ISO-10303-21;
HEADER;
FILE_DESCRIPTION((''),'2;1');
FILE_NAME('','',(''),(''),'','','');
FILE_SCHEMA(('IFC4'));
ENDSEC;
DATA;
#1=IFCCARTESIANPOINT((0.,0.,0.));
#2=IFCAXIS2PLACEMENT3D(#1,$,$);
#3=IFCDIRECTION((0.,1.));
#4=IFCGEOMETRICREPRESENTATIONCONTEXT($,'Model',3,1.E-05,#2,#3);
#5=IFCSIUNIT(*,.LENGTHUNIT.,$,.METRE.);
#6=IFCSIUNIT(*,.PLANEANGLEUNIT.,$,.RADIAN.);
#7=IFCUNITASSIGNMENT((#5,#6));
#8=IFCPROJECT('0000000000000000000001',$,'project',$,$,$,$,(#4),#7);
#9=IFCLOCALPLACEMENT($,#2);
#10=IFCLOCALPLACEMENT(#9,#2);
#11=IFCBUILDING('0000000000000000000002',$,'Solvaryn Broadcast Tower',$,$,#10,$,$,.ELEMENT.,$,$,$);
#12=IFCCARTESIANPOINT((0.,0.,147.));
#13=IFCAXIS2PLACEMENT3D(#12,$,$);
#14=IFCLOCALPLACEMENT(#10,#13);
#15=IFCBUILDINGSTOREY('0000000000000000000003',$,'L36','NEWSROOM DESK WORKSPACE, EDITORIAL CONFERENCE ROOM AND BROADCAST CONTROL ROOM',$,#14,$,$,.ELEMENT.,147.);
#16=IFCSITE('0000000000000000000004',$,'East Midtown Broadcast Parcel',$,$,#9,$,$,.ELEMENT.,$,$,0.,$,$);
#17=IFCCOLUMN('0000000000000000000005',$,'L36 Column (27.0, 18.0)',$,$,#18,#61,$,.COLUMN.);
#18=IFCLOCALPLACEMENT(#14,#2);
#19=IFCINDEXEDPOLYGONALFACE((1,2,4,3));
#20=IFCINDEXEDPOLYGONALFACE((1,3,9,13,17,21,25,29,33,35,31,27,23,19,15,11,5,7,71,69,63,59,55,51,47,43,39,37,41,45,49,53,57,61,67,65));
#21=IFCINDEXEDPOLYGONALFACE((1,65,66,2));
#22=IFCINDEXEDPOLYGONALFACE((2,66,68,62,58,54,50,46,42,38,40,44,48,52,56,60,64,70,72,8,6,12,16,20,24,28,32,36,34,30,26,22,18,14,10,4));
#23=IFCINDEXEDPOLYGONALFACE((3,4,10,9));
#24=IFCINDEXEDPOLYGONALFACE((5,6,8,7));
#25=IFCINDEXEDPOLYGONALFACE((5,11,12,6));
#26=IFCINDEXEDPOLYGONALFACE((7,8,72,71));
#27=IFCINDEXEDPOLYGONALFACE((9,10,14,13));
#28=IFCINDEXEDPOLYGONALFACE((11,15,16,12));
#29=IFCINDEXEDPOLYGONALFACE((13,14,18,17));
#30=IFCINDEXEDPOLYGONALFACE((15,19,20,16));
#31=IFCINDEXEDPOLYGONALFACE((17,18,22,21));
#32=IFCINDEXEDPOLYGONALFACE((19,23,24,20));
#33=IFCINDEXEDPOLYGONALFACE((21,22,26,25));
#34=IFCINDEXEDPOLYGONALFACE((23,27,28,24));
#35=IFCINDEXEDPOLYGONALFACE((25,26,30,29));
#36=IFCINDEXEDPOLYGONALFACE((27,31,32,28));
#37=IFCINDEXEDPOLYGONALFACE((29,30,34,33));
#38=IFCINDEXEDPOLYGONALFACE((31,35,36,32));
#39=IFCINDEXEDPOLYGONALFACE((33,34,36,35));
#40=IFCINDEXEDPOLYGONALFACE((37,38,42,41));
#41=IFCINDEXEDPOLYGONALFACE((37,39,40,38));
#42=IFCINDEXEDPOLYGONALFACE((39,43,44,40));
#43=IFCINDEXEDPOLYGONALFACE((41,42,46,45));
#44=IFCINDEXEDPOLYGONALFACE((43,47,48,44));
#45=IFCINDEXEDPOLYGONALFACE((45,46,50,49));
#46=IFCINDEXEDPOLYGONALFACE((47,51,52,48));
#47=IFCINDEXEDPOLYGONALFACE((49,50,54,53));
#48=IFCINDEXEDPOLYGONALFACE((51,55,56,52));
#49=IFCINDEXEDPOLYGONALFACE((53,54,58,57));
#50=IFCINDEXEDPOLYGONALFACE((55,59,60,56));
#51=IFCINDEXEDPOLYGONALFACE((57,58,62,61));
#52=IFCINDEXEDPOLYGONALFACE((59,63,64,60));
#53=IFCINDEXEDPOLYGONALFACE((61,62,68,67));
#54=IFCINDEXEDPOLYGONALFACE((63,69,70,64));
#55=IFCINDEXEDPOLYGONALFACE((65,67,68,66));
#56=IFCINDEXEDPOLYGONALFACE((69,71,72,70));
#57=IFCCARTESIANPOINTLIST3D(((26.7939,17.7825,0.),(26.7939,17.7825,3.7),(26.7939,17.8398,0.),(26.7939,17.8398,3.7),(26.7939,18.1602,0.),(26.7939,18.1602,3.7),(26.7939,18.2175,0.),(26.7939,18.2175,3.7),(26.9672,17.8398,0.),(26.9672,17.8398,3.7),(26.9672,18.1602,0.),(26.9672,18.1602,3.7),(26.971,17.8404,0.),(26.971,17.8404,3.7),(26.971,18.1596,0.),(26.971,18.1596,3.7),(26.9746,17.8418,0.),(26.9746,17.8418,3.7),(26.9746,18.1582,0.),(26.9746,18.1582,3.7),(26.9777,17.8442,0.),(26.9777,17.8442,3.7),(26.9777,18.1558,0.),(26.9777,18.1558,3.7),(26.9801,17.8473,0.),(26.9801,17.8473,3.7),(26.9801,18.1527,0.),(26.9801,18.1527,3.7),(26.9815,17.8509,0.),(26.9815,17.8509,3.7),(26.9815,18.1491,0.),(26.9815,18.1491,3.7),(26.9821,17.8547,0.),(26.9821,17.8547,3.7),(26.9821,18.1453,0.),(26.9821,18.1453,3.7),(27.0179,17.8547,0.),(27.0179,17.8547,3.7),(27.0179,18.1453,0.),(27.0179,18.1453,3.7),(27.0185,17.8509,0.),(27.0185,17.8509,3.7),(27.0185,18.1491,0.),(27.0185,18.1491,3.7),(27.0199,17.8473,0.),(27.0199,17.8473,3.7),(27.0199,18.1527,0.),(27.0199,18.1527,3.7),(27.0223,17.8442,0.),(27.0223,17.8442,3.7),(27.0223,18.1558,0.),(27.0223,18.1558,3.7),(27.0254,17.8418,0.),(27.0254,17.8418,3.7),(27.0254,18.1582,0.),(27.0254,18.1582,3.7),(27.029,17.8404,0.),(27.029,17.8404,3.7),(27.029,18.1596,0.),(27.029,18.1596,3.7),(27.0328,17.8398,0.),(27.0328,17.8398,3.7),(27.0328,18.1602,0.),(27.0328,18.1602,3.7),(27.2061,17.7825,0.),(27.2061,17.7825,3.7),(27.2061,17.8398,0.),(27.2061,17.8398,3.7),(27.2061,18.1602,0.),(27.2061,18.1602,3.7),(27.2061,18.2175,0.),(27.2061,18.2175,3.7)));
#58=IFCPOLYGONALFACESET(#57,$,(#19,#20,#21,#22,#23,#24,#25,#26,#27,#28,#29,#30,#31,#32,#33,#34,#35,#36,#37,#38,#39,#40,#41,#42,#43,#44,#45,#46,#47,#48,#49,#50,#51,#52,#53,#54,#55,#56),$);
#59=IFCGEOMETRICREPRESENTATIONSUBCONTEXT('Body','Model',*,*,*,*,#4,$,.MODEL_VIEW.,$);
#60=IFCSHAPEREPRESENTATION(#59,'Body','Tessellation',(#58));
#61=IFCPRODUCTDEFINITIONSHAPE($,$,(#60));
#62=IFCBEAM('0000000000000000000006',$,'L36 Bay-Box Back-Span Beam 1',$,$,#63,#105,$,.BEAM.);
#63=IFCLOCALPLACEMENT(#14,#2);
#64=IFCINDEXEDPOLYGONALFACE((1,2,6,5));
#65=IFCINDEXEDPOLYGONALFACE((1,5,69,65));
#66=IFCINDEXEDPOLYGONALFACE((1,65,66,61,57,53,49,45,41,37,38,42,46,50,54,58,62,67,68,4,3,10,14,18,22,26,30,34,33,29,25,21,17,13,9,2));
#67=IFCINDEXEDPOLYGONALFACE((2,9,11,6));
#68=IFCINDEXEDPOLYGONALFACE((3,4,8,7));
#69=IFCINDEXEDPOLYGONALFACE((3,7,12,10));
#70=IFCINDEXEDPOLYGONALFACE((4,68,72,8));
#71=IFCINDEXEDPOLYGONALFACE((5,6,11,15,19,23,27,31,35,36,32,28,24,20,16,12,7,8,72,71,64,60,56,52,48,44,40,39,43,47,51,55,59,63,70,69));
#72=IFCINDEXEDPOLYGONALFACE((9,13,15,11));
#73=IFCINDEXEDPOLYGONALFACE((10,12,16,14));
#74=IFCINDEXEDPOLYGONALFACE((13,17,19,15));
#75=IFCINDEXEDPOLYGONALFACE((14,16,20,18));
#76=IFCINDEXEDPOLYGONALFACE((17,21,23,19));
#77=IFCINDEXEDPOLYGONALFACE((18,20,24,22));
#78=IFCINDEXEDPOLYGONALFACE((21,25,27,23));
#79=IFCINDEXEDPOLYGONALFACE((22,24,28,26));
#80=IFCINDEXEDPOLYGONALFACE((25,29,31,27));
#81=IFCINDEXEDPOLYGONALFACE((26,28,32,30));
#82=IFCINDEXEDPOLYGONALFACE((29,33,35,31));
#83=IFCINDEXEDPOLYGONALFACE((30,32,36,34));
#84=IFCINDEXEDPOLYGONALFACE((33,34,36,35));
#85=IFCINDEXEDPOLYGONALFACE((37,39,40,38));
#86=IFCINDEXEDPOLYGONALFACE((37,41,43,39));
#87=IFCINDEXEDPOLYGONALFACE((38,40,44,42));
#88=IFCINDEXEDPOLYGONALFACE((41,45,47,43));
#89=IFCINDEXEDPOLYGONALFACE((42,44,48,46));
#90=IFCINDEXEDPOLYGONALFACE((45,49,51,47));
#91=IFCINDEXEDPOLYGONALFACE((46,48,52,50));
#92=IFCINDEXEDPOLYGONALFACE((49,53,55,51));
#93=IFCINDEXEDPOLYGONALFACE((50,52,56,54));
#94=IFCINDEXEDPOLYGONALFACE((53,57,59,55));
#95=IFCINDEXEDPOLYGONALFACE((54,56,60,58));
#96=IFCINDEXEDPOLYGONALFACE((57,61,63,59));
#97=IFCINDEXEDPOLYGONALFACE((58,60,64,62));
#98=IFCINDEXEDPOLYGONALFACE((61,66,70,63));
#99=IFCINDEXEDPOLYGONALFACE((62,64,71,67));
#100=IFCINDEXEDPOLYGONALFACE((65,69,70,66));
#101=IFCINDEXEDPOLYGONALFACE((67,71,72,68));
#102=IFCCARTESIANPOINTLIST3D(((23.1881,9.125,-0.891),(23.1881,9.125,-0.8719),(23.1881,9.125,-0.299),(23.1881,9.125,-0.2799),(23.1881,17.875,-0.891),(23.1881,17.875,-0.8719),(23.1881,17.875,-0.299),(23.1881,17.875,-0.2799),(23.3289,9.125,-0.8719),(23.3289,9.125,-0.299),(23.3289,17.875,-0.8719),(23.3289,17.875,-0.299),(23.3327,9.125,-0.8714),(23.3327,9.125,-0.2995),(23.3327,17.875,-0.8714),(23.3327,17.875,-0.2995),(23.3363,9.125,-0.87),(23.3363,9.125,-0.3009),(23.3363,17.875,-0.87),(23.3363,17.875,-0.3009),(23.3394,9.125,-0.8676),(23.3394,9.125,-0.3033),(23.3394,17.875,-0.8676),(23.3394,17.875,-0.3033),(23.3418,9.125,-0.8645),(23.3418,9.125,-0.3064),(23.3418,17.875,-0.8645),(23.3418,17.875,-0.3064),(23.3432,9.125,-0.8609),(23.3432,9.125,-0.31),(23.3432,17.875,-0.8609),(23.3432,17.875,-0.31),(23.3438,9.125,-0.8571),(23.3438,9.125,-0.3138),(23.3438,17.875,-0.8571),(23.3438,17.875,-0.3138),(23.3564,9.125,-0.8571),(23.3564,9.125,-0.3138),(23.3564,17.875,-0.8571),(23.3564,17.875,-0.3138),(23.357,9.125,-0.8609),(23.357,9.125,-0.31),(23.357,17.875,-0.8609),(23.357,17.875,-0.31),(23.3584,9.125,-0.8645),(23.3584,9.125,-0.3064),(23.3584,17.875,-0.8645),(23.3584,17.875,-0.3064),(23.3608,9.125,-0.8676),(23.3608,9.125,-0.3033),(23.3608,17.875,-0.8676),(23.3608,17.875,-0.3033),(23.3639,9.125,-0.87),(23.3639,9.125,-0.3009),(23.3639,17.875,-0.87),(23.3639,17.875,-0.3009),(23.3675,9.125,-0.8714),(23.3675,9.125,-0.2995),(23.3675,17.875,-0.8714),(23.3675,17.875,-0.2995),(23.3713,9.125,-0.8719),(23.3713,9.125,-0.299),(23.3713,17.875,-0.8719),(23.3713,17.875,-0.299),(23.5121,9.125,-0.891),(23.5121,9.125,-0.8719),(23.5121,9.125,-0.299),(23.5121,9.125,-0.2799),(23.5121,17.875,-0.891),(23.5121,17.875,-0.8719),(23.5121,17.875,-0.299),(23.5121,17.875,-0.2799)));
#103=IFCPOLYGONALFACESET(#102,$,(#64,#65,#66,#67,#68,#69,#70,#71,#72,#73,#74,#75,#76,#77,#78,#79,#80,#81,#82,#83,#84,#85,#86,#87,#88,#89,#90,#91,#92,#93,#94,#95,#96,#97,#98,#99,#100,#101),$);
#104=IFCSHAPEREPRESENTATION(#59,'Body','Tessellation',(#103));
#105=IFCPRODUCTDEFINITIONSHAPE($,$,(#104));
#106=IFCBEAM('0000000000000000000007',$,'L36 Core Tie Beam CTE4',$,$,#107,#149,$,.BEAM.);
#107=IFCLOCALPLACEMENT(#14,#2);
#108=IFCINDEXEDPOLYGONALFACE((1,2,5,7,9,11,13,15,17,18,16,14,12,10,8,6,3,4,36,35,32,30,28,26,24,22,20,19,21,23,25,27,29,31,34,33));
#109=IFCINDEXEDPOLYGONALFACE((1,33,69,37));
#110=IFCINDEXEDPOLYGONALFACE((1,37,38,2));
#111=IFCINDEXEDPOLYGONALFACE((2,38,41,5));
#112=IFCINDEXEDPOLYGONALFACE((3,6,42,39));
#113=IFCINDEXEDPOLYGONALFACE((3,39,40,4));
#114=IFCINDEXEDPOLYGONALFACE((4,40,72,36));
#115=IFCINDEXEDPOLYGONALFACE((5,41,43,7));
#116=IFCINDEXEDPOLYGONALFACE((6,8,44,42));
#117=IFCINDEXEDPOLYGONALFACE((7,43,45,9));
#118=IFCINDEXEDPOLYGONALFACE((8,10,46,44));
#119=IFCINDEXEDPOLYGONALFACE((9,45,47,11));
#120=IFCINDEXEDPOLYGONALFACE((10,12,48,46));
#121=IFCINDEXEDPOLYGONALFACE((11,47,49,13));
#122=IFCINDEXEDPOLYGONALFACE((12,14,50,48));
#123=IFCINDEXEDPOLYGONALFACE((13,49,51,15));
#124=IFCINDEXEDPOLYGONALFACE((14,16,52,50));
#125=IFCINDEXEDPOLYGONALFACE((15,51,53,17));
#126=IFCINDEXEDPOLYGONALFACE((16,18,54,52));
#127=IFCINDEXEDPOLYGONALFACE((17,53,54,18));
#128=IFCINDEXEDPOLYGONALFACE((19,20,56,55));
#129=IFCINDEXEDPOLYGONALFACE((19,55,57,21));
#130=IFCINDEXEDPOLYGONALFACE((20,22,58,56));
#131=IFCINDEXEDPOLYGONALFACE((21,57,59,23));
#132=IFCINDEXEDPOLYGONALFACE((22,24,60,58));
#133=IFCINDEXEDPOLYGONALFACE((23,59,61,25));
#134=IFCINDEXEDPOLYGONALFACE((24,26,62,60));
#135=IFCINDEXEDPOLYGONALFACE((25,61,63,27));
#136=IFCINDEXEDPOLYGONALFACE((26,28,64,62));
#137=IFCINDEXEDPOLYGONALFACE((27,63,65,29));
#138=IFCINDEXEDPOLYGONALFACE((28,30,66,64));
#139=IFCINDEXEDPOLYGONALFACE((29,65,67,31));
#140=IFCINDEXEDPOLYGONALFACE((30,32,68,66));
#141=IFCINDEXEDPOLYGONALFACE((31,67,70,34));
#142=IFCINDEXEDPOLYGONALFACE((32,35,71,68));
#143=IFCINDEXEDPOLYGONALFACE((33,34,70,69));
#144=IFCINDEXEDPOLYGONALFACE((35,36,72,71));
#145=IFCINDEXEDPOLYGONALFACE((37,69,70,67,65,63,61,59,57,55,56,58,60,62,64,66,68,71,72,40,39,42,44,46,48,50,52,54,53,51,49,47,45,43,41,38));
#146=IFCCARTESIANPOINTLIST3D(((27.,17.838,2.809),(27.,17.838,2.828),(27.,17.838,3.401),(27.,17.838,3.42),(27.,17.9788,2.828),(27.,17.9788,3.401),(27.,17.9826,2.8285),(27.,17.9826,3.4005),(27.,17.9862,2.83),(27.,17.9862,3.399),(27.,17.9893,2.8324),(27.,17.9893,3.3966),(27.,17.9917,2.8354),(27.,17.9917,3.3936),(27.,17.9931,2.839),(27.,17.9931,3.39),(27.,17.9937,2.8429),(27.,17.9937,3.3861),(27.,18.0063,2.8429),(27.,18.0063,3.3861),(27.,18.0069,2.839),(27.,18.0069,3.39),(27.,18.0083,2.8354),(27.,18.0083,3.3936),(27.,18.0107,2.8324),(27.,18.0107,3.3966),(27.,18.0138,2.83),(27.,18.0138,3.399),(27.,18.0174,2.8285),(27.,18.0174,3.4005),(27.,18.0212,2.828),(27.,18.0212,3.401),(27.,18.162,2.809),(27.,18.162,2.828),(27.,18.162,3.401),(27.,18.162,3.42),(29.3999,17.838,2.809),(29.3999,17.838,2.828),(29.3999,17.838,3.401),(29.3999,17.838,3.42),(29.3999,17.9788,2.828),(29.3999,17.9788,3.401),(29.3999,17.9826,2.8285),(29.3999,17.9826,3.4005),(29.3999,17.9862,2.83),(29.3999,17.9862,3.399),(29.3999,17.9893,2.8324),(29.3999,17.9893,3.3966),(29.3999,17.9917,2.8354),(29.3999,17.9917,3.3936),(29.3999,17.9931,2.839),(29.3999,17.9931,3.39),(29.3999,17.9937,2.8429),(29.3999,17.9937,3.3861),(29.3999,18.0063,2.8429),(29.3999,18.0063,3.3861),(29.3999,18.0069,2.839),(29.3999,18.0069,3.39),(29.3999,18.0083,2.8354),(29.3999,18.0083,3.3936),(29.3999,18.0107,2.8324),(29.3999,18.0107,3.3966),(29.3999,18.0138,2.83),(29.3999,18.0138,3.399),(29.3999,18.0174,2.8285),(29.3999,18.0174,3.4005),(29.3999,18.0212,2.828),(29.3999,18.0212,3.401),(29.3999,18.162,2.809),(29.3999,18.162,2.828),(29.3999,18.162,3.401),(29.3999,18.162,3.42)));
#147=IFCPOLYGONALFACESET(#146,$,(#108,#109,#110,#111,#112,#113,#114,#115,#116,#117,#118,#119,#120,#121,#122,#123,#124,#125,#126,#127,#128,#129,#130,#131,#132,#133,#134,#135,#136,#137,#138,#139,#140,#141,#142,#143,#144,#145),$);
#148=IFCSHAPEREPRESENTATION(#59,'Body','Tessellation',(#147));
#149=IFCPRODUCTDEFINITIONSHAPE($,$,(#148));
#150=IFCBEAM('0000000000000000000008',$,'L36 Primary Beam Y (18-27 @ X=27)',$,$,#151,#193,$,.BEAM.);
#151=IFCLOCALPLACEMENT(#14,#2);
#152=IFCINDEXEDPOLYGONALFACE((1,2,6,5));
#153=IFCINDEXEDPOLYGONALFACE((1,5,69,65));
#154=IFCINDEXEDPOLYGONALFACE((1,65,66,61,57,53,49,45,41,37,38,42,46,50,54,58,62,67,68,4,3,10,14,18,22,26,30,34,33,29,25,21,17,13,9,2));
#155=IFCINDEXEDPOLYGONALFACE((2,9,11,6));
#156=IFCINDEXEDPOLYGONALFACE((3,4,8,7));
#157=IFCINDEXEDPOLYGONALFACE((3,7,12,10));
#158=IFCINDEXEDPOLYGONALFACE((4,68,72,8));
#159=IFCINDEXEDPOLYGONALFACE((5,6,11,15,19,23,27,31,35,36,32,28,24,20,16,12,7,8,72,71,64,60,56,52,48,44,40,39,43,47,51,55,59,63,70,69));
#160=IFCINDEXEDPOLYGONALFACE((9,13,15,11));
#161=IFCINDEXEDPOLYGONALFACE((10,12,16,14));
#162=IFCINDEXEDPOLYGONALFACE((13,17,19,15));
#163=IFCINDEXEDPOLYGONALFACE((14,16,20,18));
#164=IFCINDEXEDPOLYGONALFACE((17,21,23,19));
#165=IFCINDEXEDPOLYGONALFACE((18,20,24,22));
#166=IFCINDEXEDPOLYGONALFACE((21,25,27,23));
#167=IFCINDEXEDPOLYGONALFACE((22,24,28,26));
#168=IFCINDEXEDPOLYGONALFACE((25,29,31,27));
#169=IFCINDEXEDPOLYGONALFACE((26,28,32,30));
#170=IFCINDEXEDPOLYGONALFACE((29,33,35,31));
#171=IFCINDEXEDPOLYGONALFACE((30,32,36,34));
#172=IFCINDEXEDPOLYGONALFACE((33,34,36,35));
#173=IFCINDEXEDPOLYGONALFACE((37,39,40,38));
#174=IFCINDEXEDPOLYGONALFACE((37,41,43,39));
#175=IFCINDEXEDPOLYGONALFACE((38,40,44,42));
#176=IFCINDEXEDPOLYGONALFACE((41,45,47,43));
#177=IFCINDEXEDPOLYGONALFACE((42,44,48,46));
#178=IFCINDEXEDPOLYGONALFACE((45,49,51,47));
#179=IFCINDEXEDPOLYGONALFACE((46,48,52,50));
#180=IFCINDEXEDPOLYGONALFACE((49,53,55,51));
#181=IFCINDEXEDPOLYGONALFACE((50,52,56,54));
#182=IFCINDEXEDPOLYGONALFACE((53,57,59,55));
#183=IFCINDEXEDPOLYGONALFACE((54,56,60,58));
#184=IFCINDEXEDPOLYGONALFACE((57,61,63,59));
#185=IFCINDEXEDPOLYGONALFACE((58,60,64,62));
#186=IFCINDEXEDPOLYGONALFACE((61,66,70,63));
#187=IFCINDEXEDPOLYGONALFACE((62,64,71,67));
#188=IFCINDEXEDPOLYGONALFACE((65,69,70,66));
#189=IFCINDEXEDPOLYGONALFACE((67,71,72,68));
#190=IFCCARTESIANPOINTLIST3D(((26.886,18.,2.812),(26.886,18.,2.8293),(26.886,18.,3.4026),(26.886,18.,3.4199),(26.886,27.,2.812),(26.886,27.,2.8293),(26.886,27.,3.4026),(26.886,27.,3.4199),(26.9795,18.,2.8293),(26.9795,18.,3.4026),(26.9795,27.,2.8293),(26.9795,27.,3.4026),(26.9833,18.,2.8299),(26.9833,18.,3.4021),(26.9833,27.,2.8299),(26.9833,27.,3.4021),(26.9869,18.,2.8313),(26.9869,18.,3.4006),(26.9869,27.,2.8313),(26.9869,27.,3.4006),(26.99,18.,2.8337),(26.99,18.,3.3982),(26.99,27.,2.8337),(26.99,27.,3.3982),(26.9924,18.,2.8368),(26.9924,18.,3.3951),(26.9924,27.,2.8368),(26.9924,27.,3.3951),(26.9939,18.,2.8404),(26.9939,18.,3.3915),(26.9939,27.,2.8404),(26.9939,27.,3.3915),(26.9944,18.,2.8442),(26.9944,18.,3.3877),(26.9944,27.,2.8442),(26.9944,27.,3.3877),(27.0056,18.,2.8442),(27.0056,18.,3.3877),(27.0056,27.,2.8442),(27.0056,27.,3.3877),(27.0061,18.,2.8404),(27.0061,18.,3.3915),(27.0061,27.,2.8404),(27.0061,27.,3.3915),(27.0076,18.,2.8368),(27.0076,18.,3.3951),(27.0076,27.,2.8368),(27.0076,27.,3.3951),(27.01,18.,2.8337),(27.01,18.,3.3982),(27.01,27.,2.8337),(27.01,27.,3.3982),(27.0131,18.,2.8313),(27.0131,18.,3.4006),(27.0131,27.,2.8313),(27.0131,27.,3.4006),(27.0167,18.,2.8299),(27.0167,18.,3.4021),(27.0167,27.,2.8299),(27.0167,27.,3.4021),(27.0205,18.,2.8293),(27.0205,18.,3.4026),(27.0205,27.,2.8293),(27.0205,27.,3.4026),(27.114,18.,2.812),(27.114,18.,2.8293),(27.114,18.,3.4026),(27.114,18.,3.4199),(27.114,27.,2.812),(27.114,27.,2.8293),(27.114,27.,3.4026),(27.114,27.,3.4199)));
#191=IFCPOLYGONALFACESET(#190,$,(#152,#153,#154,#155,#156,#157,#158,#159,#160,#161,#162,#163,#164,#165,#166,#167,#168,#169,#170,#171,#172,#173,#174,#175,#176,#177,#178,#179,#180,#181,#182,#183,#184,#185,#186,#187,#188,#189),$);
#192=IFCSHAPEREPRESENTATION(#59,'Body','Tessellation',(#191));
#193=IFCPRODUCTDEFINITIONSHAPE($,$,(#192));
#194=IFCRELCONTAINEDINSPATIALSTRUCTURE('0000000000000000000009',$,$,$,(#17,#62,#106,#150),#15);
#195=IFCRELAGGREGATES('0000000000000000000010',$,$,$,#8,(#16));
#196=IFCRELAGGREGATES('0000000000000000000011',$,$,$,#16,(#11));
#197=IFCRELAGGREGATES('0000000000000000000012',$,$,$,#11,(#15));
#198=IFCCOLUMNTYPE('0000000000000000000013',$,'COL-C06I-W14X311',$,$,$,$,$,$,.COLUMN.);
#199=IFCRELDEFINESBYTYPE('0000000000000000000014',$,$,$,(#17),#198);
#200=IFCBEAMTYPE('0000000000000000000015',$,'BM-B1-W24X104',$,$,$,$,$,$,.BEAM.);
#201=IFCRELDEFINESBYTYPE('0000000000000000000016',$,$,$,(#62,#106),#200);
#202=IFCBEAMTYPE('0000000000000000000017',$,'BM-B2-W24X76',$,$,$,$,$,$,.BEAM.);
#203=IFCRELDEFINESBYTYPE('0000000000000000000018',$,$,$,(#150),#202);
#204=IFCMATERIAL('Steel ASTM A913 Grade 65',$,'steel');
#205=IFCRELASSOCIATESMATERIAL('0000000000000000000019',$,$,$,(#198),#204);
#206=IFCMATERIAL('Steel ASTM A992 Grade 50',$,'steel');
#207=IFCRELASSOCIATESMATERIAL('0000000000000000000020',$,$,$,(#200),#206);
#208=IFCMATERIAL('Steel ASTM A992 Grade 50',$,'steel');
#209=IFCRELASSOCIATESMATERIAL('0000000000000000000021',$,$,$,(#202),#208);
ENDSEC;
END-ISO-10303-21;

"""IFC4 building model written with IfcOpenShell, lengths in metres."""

from ifc_helpers import new_model, si_unit, direction, frame, origin, origin_2d, place, context, subcontext, project, spatial, i_section, extrude, material, material_profile, profile_set, type_object, element, save


model = new_model("IFC4")

# Units and contexts
model_context = context("Model", 3, precision=1e-05, world=origin(), true_north=direction((0.0, 1.0)))
body_context = subcontext(model_context, "Body", "Model", "MODEL_VIEW")
ifc_project = project(units=[si_unit("LENGTHUNIT", "METRE"), si_unit("PLANEANGLEUNIT", "RADIAN")], contexts=[model_context])

# Site, building, storey
site_placement = place(None, origin())
site = spatial("IfcSite", under=ifc_project, at=site_placement, Name="East Midtown Broadcast Parcel", CompositionType="ELEMENT", RefElevation=0.0)
building_placement = place(site_placement, origin())
building = spatial("IfcBuilding", under=site, at=building_placement, Name="Solvaryn Broadcast Tower", CompositionType="ELEMENT")
storey_placement = place(building_placement, frame((0.0, 0.0, 147.0)))
storey = spatial("IfcBuildingStorey", under=building, at=storey_placement, Name="L36", Description="NEWSROOM DESK WORKSPACE, EDITORIAL CONFERENCE ROOM AND BROADCAST CONTROL ROOM", CompositionType="ELEMENT", Elevation=147.0)

# Column
ifc_material_1 = material(Name="Steel ASTM A913 Grade 65", Category="steel")
ifc_material_profile_1 = material_profile(ifc_material_1, i_section(OverallWidth=0.4121, OverallDepth=0.4351, WebThickness=0.0359, FlangeThickness=0.0574, FilletRadius=0.0149, at=origin_2d()))
ifc_profile_set_1 = profile_set([ifc_material_profile_1], Name="Steel ASTM A913 Grade 65")
column_type = type_object("IfcColumnType", Name="COL-C06I-W14X311", PredefinedType="COLUMN", material=ifc_profile_set_1)
column_placement = place(storey_placement, frame((27.0, 18.0, 0.0), z_axis=(0.0, 0.0, 1.0), x_axis=(1.0, 0.0, 0.0)))
element("IfcColumn", 1, at=column_placement, inside=storey, type_object=column_type, Name="L36 Column (27.0, 18.0)", PredefinedType="COLUMN", context=body_context, shape_type="SweptSolid", body=[
    extrude(i_section(OverallWidth=0.4121, OverallDepth=0.4351, WebThickness=0.0359, FlangeThickness=0.0574, FilletRadius=0.0149, at=origin_2d()), origin(), (0.0, 0.0, 1.0), 3.7),
])

# Beams
ifc_material_2 = material(Name="Steel ASTM A992 Grade 50", Category="steel")
ifc_material_profile_2 = material_profile(ifc_material_2, i_section(OverallWidth=0.324, OverallDepth=0.6111, WebThickness=0.0127, FlangeThickness=0.019, FilletRadius=0.0149, at=origin_2d()))
ifc_profile_set_2 = profile_set([ifc_material_profile_2], Name="Steel ASTM A992 Grade 50")
beam_type_1 = type_object("IfcBeamType", Name="BM-B1-W24X104", PredefinedType="BEAM", material=ifc_profile_set_2)
beam_1_placement = place(storey_placement, frame((23.3501, 17.875, -0.5854), z_axis=(0.0, -1.0, 0.0), x_axis=(1.0, 0.0, 0.0)))
element("IfcBeam", 2, at=beam_1_placement, inside=storey, type_object=beam_type_1, Name="L36 Bay-Box Back-Span Beam 1", PredefinedType="BEAM", context=body_context, shape_type="SweptSolid", body=[
    extrude(i_section(OverallWidth=0.324, OverallDepth=0.6111, WebThickness=0.0127, FlangeThickness=0.019, FilletRadius=0.0149, at=origin_2d()), origin(), (0.0, 0.0, 1.0), 8.75),
])
beam_2_placement = place(storey_placement, frame((27.0, 18.0, 3.1145), z_axis=(1.0, 0.0, 0.0), x_axis=(0.0, 1.0, 0.0)))
element("IfcBeam", 3, at=beam_2_placement, inside=storey, type_object=beam_type_1, Name="L36 Core Tie Beam CTE4", PredefinedType="BEAM", context=body_context, shape_type="SweptSolid", body=[
    extrude(i_section(OverallWidth=0.324, OverallDepth=0.6111, WebThickness=0.0127, FlangeThickness=0.019, FilletRadius=0.0149, at=origin_2d()), origin(), (0.0, 0.0, 1.0), 2.3999),
])
ifc_material_3 = material(Name="Steel ASTM A992 Grade 50", Category="steel")
ifc_material_profile_3 = material_profile(ifc_material_3, i_section(OverallWidth=0.228, OverallDepth=0.6079, WebThickness=0.0112, FlangeThickness=0.0173, FilletRadius=0.0149, at=origin_2d()))
ifc_profile_set_3 = profile_set([ifc_material_profile_3], Name="Steel ASTM A992 Grade 50")
beam_type_2 = type_object("IfcBeamType", Name="BM-B2-W24X76", PredefinedType="BEAM", material=ifc_profile_set_3)
beam_3_placement = place(storey_placement, frame((27.0, 18.0, 3.116), z_axis=(0.0, 1.0, 0.0), x_axis=(-1.0, 0.0, 0.0)))
element("IfcBeam", 4, at=beam_3_placement, inside=storey, type_object=beam_type_2, Name="L36 Primary Beam Y (18-27 @ X=27)", PredefinedType="BEAM", context=body_context, shape_type="SweptSolid", body=[
    extrude(i_section(OverallWidth=0.228, OverallDepth=0.6079, WebThickness=0.0112, FlangeThickness=0.0173, FilletRadius=0.0149, at=origin_2d()), origin(), (0.0, 0.0, 1.0), 9.0),
])

save(model, "model.ifc")
